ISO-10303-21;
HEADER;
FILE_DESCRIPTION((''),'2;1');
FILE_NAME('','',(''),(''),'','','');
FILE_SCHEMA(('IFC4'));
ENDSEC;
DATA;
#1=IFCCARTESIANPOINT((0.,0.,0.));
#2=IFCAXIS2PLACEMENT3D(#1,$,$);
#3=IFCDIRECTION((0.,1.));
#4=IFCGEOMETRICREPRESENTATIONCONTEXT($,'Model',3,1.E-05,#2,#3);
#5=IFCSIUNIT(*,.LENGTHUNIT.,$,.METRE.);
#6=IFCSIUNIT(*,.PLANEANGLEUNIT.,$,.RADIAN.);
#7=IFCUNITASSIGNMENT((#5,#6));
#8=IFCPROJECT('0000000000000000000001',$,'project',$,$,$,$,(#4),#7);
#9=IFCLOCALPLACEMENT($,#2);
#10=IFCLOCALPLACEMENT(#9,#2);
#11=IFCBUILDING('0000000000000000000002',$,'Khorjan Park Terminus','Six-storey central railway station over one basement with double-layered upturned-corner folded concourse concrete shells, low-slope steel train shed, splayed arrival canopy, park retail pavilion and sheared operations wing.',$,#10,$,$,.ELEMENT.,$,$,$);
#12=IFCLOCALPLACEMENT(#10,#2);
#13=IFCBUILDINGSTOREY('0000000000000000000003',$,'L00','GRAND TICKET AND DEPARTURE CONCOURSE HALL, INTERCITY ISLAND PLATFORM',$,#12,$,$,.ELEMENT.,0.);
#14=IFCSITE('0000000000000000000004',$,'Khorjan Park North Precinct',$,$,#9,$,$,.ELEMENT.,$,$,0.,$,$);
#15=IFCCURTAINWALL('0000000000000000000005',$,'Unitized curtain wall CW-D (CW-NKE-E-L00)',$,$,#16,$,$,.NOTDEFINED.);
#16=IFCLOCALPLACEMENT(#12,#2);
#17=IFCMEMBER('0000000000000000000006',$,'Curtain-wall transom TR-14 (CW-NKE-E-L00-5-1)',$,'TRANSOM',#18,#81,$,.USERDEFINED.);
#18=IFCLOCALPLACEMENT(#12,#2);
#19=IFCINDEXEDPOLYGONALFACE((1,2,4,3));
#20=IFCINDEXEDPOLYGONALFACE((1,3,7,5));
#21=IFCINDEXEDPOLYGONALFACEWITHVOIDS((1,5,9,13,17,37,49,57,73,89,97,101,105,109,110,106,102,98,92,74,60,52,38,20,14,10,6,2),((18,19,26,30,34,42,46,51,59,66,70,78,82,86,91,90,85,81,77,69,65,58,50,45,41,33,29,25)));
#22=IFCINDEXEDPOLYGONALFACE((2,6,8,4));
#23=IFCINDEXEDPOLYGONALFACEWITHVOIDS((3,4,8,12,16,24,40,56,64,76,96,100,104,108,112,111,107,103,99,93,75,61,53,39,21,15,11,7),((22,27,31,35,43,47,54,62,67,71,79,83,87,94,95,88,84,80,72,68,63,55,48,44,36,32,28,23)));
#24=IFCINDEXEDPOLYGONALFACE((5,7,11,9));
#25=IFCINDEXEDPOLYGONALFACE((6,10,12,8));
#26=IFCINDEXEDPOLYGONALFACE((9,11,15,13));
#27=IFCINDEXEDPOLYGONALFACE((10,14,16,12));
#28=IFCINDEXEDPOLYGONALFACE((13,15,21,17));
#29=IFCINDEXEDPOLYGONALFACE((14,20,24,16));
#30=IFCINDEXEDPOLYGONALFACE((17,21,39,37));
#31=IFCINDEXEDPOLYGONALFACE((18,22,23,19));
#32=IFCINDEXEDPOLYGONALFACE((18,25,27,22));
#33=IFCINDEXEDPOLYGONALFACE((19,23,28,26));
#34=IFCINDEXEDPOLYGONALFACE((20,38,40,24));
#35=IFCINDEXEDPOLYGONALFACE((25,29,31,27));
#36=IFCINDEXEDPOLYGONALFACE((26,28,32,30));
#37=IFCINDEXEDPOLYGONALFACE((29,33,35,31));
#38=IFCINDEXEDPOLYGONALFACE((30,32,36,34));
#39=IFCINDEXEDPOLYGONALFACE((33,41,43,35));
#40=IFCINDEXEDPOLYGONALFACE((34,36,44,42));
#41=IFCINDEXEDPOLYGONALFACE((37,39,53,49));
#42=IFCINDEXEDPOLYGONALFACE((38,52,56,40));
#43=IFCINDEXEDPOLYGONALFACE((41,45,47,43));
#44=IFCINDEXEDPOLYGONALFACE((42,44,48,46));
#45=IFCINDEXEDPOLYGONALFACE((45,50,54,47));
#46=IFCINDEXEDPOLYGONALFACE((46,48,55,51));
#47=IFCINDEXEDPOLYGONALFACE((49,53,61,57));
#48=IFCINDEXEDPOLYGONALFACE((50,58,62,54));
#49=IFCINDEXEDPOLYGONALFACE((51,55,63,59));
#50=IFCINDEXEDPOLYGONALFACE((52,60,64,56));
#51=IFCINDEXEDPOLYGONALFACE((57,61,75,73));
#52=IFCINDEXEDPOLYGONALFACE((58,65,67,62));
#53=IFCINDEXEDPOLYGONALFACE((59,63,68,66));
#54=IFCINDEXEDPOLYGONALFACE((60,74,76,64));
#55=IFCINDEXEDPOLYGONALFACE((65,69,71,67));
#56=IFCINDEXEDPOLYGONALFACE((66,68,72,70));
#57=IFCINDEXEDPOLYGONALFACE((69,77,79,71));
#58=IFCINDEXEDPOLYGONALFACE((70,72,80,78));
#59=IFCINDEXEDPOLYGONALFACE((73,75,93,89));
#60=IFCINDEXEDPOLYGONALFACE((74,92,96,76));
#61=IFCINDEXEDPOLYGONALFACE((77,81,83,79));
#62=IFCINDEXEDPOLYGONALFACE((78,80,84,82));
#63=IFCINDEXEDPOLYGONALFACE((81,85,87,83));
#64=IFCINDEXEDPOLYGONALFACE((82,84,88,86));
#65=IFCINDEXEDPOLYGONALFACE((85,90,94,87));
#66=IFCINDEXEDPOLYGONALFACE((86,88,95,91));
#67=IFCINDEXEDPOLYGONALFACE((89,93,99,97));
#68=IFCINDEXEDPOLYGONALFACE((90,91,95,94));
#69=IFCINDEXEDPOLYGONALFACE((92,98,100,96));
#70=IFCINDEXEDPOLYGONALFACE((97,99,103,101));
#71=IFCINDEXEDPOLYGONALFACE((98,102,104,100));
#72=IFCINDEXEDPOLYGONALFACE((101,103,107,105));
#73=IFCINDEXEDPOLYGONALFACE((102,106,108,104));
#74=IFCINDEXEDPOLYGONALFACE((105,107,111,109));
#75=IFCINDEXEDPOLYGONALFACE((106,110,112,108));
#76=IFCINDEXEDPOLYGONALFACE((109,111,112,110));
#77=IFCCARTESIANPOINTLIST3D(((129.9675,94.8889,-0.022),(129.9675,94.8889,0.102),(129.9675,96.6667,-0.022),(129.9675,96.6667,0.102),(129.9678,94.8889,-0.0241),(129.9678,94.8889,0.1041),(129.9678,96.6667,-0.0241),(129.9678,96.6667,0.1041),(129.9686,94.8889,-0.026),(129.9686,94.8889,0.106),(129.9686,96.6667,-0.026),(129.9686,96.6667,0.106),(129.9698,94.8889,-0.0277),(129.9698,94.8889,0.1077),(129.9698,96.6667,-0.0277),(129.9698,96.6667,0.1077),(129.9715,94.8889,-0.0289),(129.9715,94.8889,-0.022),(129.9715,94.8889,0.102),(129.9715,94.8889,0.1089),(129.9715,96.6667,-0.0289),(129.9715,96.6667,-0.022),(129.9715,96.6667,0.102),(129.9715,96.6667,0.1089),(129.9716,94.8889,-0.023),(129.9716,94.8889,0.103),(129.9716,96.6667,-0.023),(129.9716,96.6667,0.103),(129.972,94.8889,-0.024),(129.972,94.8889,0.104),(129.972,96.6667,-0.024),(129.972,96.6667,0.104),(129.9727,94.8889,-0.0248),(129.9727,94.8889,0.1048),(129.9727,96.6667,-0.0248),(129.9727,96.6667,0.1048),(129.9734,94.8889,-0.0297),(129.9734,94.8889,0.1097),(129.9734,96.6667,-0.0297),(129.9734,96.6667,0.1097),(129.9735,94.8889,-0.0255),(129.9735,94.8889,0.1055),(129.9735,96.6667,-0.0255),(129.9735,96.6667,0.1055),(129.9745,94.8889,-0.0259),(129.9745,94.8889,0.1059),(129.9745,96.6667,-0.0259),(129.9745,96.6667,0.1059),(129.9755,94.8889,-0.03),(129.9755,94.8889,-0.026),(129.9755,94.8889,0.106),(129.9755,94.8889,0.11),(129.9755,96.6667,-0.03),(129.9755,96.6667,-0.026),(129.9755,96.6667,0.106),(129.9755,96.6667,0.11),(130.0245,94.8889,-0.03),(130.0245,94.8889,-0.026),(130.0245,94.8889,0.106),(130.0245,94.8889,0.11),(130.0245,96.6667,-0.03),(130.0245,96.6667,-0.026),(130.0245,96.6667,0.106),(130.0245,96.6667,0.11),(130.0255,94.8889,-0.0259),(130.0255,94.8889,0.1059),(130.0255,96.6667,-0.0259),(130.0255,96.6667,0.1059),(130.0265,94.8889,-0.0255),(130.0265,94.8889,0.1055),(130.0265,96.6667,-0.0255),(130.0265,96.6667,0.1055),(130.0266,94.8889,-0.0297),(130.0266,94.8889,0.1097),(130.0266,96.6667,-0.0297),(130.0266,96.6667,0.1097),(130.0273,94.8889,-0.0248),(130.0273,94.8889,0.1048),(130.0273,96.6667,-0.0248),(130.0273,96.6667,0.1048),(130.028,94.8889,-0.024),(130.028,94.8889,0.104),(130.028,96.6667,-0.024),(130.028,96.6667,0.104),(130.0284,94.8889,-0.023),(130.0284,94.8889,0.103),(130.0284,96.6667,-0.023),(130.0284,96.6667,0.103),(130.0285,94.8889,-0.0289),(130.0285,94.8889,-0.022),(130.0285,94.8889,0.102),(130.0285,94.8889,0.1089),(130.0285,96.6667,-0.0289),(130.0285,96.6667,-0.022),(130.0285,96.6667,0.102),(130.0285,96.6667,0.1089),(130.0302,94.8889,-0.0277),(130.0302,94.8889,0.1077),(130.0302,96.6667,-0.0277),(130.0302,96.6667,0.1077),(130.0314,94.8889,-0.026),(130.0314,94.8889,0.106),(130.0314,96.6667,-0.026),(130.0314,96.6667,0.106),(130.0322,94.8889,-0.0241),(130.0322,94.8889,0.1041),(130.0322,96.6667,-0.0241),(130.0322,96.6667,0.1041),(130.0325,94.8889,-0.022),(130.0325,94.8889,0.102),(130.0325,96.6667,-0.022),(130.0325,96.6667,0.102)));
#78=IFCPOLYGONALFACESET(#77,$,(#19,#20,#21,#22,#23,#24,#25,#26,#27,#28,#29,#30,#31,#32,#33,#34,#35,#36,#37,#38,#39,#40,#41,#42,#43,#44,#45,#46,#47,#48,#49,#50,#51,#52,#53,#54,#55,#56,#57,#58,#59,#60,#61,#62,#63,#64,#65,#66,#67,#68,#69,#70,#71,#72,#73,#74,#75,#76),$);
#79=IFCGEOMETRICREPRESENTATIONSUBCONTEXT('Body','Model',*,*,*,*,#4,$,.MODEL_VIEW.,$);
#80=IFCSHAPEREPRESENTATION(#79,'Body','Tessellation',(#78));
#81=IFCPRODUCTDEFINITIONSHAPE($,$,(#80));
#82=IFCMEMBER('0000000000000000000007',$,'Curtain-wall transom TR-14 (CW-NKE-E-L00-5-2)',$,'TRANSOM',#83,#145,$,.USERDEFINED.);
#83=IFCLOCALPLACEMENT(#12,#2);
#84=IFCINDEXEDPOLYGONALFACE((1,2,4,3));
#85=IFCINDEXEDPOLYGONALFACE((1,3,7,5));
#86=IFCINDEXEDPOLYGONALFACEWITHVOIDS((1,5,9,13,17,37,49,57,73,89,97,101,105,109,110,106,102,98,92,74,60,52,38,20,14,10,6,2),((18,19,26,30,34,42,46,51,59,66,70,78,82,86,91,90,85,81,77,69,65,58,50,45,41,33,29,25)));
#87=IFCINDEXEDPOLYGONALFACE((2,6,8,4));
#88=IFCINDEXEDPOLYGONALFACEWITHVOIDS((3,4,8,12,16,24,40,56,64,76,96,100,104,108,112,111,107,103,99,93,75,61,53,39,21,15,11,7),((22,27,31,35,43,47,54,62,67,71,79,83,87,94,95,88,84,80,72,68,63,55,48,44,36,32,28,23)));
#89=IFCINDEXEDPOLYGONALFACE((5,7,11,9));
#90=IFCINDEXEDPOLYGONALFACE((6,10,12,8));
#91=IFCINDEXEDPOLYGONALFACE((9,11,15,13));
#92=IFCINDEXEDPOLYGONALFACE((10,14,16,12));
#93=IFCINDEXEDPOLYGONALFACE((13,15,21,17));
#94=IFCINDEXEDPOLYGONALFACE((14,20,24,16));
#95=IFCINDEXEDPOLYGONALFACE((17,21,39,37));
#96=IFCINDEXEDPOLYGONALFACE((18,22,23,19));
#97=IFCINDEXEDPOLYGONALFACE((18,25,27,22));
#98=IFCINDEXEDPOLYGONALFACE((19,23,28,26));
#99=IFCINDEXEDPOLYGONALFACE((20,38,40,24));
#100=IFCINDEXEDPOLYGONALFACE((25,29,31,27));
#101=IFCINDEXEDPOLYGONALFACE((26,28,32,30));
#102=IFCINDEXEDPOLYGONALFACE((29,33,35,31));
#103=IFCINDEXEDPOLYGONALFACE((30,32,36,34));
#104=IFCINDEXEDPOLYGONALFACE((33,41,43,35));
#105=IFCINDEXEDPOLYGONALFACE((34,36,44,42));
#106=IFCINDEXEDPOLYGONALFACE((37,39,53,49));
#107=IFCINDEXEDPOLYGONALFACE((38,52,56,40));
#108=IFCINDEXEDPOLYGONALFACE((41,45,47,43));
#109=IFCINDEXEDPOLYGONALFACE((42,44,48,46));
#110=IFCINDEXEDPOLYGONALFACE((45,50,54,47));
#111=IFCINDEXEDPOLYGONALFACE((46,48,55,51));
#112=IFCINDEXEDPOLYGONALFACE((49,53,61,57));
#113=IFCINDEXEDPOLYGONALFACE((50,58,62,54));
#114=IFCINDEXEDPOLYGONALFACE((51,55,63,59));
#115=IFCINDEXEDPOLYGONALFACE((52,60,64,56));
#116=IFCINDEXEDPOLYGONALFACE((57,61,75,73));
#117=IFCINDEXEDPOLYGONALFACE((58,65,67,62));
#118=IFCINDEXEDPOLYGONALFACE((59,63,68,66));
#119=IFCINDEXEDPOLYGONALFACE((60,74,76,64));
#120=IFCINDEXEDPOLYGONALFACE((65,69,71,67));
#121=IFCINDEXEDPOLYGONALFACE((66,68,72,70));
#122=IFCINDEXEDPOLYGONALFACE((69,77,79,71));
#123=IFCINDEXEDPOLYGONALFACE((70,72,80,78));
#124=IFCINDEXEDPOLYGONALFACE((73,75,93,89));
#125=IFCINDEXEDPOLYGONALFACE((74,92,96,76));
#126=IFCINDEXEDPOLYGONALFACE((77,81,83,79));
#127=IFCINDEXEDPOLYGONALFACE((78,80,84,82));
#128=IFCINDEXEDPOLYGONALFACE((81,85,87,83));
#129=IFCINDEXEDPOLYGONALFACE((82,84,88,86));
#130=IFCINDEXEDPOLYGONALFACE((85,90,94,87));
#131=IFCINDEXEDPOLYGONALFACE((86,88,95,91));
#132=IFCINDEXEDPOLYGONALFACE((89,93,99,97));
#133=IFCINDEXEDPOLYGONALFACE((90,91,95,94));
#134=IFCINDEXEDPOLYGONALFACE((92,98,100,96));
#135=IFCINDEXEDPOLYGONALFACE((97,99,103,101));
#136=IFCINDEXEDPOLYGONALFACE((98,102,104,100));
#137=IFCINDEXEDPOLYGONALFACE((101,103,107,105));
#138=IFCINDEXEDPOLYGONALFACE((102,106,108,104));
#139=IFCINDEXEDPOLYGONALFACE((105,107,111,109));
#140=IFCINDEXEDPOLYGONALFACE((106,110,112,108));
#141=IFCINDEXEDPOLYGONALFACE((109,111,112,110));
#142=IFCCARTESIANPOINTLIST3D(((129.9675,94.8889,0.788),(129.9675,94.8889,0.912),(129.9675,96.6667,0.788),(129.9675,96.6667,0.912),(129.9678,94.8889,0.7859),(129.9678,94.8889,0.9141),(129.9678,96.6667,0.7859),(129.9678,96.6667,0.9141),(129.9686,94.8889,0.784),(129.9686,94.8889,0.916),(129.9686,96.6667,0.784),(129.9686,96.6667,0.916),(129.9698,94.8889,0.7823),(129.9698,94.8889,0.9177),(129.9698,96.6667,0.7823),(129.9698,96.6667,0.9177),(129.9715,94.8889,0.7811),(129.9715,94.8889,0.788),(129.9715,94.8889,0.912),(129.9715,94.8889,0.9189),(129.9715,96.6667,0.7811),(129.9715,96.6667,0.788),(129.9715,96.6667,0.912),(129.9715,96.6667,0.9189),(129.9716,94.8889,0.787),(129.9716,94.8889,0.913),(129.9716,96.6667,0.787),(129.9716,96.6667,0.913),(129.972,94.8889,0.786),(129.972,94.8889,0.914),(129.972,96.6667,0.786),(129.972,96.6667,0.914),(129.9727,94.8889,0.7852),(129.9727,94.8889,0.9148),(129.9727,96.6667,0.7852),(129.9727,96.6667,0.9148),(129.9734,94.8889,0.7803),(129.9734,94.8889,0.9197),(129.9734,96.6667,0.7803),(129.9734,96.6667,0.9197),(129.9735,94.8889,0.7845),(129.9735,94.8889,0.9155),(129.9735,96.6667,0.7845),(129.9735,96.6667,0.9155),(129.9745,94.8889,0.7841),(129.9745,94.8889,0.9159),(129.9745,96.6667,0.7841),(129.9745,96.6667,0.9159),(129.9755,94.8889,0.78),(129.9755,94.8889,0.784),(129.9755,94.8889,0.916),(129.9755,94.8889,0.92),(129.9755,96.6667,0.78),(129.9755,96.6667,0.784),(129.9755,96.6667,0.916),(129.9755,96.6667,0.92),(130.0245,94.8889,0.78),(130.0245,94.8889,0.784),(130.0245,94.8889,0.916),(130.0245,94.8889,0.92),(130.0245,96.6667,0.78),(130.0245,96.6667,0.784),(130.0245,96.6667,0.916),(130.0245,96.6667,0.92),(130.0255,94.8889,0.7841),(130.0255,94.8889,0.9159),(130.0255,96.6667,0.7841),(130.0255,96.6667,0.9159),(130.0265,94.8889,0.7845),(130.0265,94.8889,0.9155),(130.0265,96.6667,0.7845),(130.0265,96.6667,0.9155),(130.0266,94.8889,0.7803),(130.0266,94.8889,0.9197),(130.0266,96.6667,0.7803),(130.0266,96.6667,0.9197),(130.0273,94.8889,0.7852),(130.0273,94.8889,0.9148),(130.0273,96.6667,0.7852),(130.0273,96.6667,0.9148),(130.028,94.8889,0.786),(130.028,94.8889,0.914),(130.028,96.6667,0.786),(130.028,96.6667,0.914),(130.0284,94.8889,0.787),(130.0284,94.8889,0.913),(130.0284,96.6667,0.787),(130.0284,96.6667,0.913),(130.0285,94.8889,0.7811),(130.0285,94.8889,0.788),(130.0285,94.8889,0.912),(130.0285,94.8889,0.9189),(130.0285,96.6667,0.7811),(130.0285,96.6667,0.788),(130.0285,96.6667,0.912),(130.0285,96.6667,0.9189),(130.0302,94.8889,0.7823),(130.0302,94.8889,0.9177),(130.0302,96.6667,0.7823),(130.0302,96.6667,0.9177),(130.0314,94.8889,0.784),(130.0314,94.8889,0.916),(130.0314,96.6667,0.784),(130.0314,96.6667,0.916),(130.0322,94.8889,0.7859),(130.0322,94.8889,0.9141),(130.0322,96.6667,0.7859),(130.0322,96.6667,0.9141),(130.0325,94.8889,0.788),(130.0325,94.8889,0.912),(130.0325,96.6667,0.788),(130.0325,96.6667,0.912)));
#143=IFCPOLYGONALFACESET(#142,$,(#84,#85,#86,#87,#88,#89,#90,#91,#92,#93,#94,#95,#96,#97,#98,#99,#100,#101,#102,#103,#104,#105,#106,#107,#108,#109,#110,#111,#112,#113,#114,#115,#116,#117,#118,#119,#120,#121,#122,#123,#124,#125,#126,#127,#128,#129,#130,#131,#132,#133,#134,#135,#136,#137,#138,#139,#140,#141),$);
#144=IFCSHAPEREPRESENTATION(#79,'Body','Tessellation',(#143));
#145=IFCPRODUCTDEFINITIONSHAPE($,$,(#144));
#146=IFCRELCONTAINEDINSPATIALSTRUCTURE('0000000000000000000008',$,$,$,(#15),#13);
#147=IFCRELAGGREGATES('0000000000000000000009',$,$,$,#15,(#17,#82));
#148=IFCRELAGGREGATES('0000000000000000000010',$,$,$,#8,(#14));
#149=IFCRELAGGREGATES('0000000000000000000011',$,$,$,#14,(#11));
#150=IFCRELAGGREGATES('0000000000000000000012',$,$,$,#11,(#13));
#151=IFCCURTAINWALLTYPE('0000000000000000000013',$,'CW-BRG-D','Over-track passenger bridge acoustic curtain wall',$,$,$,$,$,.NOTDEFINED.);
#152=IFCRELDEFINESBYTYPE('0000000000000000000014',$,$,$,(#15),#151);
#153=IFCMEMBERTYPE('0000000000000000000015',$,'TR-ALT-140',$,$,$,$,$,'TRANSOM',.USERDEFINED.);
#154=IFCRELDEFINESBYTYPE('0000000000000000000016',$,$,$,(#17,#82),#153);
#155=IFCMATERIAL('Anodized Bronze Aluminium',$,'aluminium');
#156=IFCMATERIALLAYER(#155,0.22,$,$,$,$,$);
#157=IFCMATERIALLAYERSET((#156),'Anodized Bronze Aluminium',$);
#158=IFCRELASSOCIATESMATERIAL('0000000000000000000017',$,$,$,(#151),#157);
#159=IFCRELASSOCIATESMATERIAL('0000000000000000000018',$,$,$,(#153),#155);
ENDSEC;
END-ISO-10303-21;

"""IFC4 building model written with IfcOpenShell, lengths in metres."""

from ifc_helpers import new_model, si_unit, direction, frame, origin, origin_2d, place, context, subcontext, project, spatial, hollow_rectangle, extrude, material, layer, layer_set, material_profile, profile_set, type_object, element, aggregate, save


model = new_model("IFC4")

# Units and contexts
model_context = context("Model", 3, precision=1e-05, world=origin(), true_north=direction((0.0, 1.0)))
body_context = subcontext(model_context, "Body", "Model", "MODEL_VIEW")
ifc_project = project(units=[si_unit("LENGTHUNIT", "METRE"), si_unit("PLANEANGLEUNIT", "RADIAN")], contexts=[model_context])

# Site, building, storey
site_placement = place(None, origin())
site = spatial("IfcSite", under=ifc_project, at=site_placement, Name="Khorjan Park North Precinct", CompositionType="ELEMENT", RefElevation=0.0)
building_placement = place(site_placement, origin())
building = spatial("IfcBuilding", under=site, at=building_placement, Name="Khorjan Park Terminus", Description="Six-storey central railway station over one basement with double-layered upturned-corner folded concourse concrete shells, low-slope steel train shed, splayed arrival canopy, park retail pavilion and sheared operations wing.", CompositionType="ELEMENT")
storey_placement = place(building_placement, origin())
storey = spatial("IfcBuildingStorey", under=building, at=storey_placement, Name="L00", Description="GRAND TICKET AND DEPARTURE CONCOURSE HALL, INTERCITY ISLAND PLATFORM", CompositionType="ELEMENT", Elevation=0.0)

# Curtain wall, members
ifc_material_1 = material(Name="Anodized Bronze Aluminium", Category="aluminium")
ifc_layer_1 = layer(ifc_material_1, 0.22)
ifc_layer_set_1 = layer_set([ifc_layer_1], Name="Anodized Bronze Aluminium")
curtain_wall_type = type_object("IfcCurtainWallType", Name="CW-BRG-D", Description="Over-track passenger bridge acoustic curtain wall", PredefinedType="NOTDEFINED", material=ifc_layer_set_1)
curtain_wall_placement = place(storey_placement, origin())
curtain_wall = element("IfcCurtainWall", 1, at=curtain_wall_placement, inside=storey, type_object=curtain_wall_type, Name="Unitized curtain wall CW-D (CW-NKE-E-L00)", PredefinedType="NOTDEFINED")
ifc_material_profile_1 = material_profile(ifc_material_1, hollow_rectangle(XDim=0.065, YDim=0.14, WallThickness=0.004, InnerFilletRadius=0.004, OuterFilletRadius=0.008, at=origin_2d()), Name="ALT 65x140x4")
ifc_profile_set_1 = profile_set([ifc_material_profile_1], Name="Anodized Bronze Aluminium")
member_type_1 = type_object("IfcMemberType", Name="TR-ALT-140", ElementType="TRANSOM", PredefinedType="USERDEFINED", material=ifc_profile_set_1)
member_1_placement = place(storey_placement, frame((130.0, 94.8889, 0.04), z_axis=(0.0, 1.0, 0.0), x_axis=(-1.0, 0.0, 0.0)))
member_1 = element("IfcMember", 2, at=member_1_placement, type_object=member_type_1, Name="Curtain-wall transom TR-14 (CW-NKE-E-L00-5-1)", ObjectType="TRANSOM", PredefinedType="USERDEFINED", context=body_context, shape_type="SweptSolid", body=[
    extrude(hollow_rectangle(XDim=0.065, YDim=0.14, WallThickness=0.004, InnerFilletRadius=0.004, OuterFilletRadius=0.008, at=origin_2d()), origin(), (0.0, 0.0, 1.0), 1.7778),
])
member_2_placement = place(storey_placement, frame((130.0, 94.8889, 0.85), z_axis=(0.0, 1.0, 0.0), x_axis=(-1.0, 0.0, 0.0)))
member_2 = element("IfcMember", 3, at=member_2_placement, type_object=member_type_1, Name="Curtain-wall transom TR-14 (CW-NKE-E-L00-5-2)", ObjectType="TRANSOM", PredefinedType="USERDEFINED", context=body_context, shape_type="SweptSolid", body=[
    extrude(hollow_rectangle(XDim=0.065, YDim=0.14, WallThickness=0.004, InnerFilletRadius=0.004, OuterFilletRadius=0.008, at=origin_2d()), origin(), (0.0, 0.0, 1.0), 1.7778),
])
aggregate(curtain_wall, [member_1, member_2])

save(model, "model.ifc")
